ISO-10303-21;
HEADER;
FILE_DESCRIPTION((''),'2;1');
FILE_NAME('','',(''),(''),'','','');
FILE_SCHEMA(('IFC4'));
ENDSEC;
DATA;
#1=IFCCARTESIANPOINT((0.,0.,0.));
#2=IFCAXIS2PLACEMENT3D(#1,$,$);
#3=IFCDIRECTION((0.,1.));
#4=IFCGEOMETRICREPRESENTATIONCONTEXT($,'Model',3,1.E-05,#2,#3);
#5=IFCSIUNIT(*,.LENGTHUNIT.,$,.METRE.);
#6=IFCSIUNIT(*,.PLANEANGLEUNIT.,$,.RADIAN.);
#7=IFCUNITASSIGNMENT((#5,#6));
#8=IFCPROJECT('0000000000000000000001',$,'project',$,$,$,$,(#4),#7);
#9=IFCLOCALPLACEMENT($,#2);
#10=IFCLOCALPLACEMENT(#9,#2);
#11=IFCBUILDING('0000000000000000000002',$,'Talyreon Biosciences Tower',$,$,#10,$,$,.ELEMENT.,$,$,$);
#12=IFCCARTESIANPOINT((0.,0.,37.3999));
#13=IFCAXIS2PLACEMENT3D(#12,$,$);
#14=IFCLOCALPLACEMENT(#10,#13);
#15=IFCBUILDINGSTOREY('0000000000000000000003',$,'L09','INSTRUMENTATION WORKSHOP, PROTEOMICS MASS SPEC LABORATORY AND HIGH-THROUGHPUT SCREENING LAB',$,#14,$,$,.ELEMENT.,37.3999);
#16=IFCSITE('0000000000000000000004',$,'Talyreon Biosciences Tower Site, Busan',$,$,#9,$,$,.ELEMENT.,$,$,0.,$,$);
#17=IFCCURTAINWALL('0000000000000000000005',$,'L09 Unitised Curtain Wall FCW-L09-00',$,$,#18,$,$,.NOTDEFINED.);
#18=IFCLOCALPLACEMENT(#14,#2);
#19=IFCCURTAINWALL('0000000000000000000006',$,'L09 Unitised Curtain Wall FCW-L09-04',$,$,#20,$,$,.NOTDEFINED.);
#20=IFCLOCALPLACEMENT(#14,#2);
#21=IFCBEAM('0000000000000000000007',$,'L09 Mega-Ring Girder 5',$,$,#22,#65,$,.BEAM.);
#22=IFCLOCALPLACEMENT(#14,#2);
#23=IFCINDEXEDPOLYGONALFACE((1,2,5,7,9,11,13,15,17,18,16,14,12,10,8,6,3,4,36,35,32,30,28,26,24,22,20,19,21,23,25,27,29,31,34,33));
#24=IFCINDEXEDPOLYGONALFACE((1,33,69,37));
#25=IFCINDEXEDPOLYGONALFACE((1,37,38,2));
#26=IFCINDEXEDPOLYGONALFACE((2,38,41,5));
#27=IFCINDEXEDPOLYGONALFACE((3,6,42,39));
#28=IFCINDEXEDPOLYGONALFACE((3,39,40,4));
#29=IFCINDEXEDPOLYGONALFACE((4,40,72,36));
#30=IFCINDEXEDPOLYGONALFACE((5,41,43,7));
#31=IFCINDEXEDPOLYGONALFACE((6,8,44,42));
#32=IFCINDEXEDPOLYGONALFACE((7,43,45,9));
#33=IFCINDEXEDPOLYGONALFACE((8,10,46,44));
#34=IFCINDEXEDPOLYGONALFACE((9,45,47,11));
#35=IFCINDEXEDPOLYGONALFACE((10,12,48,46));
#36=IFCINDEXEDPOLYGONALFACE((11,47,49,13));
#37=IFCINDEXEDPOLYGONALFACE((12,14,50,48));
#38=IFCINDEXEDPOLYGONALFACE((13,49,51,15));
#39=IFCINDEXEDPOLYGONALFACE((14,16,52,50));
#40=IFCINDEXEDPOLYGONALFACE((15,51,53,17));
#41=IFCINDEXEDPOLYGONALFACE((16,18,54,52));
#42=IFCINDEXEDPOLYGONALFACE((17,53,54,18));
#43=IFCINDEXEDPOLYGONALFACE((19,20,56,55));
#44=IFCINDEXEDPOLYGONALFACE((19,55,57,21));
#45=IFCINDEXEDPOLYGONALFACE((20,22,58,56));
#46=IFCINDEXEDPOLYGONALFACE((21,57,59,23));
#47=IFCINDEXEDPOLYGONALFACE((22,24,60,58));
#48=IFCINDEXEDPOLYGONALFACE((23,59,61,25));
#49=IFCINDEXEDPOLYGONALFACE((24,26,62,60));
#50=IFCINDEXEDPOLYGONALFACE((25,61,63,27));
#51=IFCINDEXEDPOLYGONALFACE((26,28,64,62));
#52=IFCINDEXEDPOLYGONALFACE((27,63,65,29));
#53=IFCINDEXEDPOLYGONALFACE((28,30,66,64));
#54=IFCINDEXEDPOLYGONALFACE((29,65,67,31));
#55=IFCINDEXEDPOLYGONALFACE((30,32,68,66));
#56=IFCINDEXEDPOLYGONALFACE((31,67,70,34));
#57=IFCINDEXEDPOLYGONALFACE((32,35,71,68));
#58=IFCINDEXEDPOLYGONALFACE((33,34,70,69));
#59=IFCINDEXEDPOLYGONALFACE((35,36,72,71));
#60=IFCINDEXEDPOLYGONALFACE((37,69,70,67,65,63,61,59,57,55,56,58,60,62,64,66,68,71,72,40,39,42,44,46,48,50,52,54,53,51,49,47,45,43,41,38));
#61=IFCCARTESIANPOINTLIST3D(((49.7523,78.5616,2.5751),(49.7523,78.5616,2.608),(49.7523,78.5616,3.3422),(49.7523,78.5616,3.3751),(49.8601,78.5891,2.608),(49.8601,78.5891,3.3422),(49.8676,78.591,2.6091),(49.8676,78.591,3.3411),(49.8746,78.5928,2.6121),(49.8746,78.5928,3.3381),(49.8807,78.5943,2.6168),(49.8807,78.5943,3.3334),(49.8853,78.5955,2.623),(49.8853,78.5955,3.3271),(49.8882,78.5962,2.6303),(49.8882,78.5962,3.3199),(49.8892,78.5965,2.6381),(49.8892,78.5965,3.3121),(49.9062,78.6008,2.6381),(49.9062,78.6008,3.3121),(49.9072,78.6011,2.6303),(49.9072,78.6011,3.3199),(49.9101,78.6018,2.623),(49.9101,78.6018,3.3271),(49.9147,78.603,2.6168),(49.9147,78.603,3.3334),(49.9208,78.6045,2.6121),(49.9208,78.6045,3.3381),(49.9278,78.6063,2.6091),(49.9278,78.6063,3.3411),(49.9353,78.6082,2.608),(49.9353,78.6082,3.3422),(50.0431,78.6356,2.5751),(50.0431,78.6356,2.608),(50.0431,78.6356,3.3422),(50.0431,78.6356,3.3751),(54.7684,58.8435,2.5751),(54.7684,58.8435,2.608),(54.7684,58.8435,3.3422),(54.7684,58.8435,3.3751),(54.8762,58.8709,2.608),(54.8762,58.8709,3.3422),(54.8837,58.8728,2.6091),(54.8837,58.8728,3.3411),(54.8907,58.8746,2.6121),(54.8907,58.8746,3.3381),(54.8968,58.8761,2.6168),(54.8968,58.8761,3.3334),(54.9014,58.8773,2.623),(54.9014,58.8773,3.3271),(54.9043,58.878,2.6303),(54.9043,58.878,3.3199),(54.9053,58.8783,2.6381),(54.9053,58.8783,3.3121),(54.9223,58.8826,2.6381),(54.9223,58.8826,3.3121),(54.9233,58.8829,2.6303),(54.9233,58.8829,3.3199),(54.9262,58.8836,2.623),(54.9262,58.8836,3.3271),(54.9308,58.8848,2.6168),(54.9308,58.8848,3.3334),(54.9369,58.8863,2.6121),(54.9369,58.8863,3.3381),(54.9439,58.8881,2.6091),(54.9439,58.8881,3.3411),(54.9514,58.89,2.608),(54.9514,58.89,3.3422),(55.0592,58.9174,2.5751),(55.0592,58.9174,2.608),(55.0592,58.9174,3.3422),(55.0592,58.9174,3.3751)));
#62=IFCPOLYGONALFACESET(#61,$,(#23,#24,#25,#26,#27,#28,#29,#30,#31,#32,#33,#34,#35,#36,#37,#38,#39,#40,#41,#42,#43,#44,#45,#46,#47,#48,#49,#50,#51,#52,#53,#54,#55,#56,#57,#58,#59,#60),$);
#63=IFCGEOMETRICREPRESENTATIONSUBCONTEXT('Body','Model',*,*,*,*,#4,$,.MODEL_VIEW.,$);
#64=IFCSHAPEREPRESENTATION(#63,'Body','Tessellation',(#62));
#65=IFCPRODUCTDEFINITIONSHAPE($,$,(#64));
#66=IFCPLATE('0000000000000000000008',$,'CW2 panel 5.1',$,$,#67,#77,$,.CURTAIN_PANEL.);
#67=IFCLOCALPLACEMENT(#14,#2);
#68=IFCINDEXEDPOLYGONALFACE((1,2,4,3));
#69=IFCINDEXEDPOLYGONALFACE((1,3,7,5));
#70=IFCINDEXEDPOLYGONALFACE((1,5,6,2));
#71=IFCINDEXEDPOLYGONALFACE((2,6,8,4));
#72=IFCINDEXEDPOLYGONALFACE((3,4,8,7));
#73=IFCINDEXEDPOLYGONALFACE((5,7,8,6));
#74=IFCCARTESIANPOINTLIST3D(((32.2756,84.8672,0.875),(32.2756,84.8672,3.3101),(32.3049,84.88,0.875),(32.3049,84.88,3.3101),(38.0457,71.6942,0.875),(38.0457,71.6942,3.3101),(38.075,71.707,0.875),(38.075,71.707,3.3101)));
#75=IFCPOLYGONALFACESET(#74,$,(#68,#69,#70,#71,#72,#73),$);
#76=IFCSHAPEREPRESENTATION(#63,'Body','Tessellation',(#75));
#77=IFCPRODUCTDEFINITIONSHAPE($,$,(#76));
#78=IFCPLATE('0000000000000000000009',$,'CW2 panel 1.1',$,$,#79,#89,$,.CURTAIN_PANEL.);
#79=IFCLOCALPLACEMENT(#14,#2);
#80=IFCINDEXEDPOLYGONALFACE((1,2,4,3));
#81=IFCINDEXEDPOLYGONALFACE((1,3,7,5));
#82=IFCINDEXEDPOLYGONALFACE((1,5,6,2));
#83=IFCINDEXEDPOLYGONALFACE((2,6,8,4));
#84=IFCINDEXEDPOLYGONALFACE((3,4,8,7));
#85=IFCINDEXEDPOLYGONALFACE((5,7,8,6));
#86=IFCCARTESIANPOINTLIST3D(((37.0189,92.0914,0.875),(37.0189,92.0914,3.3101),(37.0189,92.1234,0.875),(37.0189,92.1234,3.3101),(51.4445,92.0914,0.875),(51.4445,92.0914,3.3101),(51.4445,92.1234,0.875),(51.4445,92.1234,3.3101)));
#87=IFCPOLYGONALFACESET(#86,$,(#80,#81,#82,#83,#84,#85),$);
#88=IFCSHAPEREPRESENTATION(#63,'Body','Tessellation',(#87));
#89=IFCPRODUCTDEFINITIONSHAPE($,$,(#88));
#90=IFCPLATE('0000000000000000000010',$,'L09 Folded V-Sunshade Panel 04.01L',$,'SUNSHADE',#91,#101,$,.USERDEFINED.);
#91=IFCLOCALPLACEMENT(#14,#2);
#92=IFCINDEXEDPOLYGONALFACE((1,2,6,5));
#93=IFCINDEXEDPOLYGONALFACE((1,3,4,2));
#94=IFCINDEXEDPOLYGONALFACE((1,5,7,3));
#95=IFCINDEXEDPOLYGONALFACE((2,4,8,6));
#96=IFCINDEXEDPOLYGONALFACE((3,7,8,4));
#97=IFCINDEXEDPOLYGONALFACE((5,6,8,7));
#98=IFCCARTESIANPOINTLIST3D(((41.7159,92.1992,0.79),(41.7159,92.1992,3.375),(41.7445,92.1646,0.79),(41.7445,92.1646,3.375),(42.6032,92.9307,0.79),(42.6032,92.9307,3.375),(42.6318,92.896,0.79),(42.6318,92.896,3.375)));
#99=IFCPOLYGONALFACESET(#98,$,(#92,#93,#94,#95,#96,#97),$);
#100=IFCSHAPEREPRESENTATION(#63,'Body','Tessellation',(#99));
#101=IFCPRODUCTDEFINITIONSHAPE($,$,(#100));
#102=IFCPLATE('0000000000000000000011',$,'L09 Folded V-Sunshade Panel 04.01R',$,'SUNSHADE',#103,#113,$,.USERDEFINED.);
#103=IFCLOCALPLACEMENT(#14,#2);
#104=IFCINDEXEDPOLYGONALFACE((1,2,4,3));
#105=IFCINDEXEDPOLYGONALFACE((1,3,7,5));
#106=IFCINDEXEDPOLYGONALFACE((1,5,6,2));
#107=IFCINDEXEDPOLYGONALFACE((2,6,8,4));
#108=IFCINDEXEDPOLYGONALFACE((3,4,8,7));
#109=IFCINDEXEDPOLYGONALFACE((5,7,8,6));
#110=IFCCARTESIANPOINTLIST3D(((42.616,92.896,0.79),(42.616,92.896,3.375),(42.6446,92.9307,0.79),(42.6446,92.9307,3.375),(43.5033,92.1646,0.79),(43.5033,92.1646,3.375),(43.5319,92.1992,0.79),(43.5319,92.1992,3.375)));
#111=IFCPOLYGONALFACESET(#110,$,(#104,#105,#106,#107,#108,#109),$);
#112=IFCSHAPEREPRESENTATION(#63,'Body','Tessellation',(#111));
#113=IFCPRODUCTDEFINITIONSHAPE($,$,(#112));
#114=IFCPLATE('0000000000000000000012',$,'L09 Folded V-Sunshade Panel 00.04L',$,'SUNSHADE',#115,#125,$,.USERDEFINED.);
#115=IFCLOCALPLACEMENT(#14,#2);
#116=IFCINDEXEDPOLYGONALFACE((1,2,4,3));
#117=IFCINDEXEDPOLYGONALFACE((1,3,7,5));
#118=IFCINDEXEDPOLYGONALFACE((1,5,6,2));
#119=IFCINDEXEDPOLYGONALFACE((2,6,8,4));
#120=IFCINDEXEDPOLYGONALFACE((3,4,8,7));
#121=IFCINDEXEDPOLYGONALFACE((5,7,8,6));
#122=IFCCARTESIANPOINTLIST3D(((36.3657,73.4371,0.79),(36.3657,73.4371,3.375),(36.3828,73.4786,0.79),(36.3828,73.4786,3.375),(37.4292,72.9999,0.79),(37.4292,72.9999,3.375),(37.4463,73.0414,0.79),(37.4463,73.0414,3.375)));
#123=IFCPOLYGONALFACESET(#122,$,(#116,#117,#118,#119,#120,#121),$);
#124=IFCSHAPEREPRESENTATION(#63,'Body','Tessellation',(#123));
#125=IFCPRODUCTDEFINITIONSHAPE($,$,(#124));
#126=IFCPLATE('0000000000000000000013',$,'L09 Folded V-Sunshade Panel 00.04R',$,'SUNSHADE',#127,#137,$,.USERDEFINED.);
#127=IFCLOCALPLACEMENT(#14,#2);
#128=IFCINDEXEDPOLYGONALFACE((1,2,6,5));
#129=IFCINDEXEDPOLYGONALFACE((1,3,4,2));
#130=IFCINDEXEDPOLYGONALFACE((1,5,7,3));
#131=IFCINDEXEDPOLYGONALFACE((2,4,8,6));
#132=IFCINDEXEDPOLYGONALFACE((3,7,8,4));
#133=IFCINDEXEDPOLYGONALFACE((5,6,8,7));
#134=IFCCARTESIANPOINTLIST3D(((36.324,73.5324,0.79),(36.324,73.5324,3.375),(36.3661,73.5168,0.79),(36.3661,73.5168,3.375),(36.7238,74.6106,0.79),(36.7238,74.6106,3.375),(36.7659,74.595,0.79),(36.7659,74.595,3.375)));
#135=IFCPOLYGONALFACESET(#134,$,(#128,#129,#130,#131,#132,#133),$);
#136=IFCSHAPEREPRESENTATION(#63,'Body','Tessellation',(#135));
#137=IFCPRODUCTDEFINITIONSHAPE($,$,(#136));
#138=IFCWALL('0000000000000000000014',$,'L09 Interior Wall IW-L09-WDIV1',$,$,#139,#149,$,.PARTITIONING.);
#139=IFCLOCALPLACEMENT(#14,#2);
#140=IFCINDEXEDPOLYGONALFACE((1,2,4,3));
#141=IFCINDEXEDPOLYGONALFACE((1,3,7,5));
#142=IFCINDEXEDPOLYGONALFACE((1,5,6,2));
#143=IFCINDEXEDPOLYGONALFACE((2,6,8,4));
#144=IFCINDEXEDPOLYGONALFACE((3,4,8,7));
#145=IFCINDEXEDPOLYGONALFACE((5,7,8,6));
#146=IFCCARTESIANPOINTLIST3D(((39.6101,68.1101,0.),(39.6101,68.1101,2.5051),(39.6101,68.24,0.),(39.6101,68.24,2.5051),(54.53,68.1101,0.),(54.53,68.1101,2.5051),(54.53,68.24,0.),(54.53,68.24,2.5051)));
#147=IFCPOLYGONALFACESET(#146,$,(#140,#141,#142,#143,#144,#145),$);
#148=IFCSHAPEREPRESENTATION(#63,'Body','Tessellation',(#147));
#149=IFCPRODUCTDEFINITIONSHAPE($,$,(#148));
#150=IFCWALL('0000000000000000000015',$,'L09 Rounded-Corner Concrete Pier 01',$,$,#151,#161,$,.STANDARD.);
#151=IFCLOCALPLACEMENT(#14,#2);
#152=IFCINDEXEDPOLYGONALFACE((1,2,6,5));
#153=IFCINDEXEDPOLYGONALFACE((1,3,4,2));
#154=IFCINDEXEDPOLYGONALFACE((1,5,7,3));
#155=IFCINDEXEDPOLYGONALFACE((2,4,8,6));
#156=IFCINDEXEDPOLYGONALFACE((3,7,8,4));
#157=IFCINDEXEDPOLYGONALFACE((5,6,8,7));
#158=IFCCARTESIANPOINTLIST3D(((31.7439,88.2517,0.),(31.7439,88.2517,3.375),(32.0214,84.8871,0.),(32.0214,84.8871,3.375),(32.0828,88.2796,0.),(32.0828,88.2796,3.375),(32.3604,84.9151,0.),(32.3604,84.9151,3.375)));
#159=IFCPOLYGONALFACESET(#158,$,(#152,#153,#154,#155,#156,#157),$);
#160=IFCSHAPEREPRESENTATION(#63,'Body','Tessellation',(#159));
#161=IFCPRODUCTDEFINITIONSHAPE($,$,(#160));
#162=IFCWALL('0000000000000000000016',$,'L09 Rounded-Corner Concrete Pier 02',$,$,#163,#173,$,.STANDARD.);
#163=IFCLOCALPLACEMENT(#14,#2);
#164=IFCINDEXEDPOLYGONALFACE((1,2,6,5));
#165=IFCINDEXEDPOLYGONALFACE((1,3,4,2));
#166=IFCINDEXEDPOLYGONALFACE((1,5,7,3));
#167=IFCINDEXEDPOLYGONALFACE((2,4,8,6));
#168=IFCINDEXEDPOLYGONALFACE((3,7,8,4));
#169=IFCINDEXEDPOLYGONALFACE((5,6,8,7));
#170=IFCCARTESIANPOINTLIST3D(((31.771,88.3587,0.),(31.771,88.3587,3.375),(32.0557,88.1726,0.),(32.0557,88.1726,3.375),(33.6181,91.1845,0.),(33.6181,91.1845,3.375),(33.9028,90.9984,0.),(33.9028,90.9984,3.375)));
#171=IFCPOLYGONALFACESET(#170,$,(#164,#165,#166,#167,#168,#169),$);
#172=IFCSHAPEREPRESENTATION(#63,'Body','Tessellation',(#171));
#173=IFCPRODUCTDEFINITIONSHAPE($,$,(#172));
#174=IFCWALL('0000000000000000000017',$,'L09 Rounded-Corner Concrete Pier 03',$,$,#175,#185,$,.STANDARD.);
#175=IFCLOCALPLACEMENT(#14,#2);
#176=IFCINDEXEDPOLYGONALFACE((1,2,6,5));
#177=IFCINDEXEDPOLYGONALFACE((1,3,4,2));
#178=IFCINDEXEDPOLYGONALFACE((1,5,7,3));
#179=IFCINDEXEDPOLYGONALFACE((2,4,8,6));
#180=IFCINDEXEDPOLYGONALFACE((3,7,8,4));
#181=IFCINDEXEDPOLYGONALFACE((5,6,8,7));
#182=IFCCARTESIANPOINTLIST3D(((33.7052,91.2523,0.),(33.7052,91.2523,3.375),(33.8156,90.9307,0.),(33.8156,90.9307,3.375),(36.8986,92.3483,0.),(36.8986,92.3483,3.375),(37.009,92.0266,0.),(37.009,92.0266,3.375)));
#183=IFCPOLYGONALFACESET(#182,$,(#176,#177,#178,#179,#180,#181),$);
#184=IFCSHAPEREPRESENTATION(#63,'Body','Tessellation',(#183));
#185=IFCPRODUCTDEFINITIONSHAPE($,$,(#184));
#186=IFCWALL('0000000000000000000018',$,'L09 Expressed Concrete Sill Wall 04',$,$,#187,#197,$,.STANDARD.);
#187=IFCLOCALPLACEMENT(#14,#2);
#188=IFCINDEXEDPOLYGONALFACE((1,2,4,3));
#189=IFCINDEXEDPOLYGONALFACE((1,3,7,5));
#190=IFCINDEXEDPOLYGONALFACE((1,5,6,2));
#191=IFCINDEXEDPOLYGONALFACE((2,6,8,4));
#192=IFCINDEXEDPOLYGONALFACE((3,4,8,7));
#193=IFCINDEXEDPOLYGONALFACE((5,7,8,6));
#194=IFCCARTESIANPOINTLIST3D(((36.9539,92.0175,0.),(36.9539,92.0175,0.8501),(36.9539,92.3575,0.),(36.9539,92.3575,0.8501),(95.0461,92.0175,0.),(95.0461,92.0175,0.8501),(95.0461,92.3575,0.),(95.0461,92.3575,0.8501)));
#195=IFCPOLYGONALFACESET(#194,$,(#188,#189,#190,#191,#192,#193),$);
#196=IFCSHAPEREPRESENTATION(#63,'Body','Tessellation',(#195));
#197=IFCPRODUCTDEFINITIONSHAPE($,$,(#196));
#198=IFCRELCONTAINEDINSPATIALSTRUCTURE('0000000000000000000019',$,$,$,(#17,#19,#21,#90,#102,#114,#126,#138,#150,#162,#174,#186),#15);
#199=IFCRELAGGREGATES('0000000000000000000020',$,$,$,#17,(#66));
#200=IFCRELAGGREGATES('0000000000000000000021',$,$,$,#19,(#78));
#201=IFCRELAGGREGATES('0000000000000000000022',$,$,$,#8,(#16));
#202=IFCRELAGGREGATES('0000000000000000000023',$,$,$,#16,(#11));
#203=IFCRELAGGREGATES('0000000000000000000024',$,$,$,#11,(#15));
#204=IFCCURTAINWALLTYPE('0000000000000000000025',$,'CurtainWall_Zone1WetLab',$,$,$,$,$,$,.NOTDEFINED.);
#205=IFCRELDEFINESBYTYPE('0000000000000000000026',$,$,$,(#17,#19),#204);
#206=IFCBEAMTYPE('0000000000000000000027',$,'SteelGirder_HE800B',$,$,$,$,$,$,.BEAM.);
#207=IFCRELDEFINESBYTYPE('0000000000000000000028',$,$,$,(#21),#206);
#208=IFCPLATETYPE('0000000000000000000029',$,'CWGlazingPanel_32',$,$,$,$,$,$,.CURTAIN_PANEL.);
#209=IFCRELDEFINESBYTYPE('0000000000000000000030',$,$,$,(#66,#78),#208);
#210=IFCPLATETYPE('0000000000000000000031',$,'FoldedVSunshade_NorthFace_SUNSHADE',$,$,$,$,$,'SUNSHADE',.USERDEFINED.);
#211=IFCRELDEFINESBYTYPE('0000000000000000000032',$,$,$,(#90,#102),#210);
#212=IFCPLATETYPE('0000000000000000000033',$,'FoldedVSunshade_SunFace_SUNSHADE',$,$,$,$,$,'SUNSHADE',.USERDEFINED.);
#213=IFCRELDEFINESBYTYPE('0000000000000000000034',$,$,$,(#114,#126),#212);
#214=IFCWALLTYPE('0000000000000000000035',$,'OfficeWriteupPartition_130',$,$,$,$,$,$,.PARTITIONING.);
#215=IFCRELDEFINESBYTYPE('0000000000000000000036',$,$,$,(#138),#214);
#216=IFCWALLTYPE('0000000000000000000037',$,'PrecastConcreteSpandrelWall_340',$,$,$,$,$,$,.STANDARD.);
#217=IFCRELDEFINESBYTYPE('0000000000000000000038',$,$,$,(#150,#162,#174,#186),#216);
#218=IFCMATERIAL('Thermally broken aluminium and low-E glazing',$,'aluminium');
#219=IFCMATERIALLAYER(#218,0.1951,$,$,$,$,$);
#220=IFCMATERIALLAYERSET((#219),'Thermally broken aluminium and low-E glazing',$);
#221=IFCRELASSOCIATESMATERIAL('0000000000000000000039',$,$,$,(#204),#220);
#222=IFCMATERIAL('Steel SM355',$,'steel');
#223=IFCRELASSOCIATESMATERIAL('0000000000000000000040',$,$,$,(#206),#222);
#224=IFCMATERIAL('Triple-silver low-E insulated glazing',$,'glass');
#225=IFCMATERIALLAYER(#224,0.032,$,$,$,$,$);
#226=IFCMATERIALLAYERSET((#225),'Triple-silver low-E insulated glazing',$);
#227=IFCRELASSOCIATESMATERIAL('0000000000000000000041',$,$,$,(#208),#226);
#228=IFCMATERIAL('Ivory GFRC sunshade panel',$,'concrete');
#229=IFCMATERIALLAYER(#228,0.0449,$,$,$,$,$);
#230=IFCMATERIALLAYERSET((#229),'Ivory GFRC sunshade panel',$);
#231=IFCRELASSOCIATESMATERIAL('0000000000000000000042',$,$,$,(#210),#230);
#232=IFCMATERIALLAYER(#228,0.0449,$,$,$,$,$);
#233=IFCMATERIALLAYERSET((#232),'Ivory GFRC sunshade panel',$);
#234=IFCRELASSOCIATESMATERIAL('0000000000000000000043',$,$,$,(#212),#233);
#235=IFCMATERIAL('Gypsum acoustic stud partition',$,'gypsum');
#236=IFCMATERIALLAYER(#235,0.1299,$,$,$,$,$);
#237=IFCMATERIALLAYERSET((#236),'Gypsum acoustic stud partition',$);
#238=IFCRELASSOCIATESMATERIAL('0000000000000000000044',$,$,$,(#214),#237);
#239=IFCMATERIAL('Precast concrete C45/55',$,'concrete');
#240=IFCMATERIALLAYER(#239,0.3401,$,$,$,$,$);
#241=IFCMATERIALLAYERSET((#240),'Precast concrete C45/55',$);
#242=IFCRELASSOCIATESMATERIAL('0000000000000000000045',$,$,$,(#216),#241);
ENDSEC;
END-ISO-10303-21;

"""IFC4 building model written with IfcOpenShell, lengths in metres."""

from ifc_helpers import new_model, si_unit, direction, frame, frame_2d, origin, origin_2d, place, context, subcontext, project, spatial, rectangle, i_section, extrude, material, layer, layer_set, material_profile, profile_set, type_object, element, aggregate, save


model = new_model("IFC4")

# Units and contexts
model_context = context("Model", 3, precision=1e-05, world=origin(), true_north=direction((0.0, 1.0)))
body_context = subcontext(model_context, "Body", "Model", "MODEL_VIEW")
ifc_project = project(units=[si_unit("LENGTHUNIT", "METRE"), si_unit("PLANEANGLEUNIT", "RADIAN")], contexts=[model_context])

# Site, building, storey
site_placement = place(None, origin())
site = spatial("IfcSite", under=ifc_project, at=site_placement, Name="Talyreon Biosciences Tower Site, Busan", CompositionType="ELEMENT", RefElevation=0.0)
building_placement = place(site_placement, origin())
building = spatial("IfcBuilding", under=site, at=building_placement, Name="Talyreon Biosciences Tower", CompositionType="ELEMENT")
storey_placement = place(building_placement, frame((0.0, 0.0, 37.3999)))
storey = spatial("IfcBuildingStorey", under=building, at=storey_placement, Name="L09", Description="INSTRUMENTATION WORKSHOP, PROTEOMICS MASS SPEC LABORATORY AND HIGH-THROUGHPUT SCREENING LAB", CompositionType="ELEMENT", Elevation=37.3999)

# Curtain walls
ifc_material_1 = material(Name="Thermally broken aluminium and low-E glazing", Category="aluminium")
ifc_layer_1 = layer(ifc_material_1, 0.1951)
ifc_layer_set_1 = layer_set([ifc_layer_1], Name="Thermally broken aluminium and low-E glazing")
curtain_wall_type = type_object("IfcCurtainWallType", Name="CurtainWall_Zone1WetLab", PredefinedType="NOTDEFINED", material=ifc_layer_set_1)
curtain_wall_1_placement = place(storey_placement, origin())
curtain_wall_1 = element("IfcCurtainWall", 1, at=curtain_wall_1_placement, inside=storey, type_object=curtain_wall_type, Name="L09 Unitised Curtain Wall FCW-L09-00", PredefinedType="NOTDEFINED")
curtain_wall_2_placement = place(storey_placement, origin())
curtain_wall_2 = element("IfcCurtainWall", 2, at=curtain_wall_2_placement, inside=storey, type_object=curtain_wall_type, Name="L09 Unitised Curtain Wall FCW-L09-04", PredefinedType="NOTDEFINED")

# Beam
ifc_material_2 = material(Name="Precast concrete C45/55", Category="concrete")
ifc_material_3 = material(Name="Steel SM355", Category="steel")
ifc_material_profile_1 = material_profile(ifc_material_3, i_section(OverallWidth=0.3, OverallDepth=0.8, WebThickness=0.0176, FlangeThickness=0.033, FilletRadius=0.03, at=origin_2d()), Name="HE800B")
ifc_profile_set_1 = profile_set([ifc_material_profile_1], Name="Steel SM355")
beam_type_1 = type_object("IfcBeamType", Name="SteelGirder_HE800B", PredefinedType="BEAM", material=ifc_profile_set_1)
beam_1_placement = place(storey_placement, frame((49.8977, 78.5986, 2.9751), z_axis=(0.246537, -0.969133, 0.0), x_axis=(0.969133, 0.246537, 0.0)))
element("IfcBeam", 3, at=beam_1_placement, inside=storey, type_object=beam_type_1, Name="L09 Mega-Ring Girder 5", PredefinedType="BEAM", context=body_context, shape_type="SweptSolid", body=[
    extrude(i_section(OverallWidth=0.3, OverallDepth=0.8, WebThickness=0.0176, FlangeThickness=0.033, FilletRadius=0.03, at=origin_2d()), origin(), (0.0, 0.0, 1.0), 20.3462),
])

# Plates
ifc_material_4 = material(Name="Triple-silver low-E insulated glazing", Category="glass")
ifc_layer_2 = layer(ifc_material_4, 0.032)
ifc_layer_set_2 = layer_set([ifc_layer_2], Name="Triple-silver low-E insulated glazing")
plate_type_1 = type_object("IfcPlateType", Name="CWGlazingPanel_32", PredefinedType="CURTAIN_PANEL", material=ifc_layer_set_2)
plate_1_placement = place(storey_placement, frame((35.1753, 78.2871, 0.875), z_axis=(0.0, 0.0, 1.0), x_axis=(-0.401223, 0.91598, 0.0)))
plate_1 = element("IfcPlate", 4, at=plate_1_placement, type_object=plate_type_1, Name="CW2 panel 5.1", PredefinedType="CURTAIN_PANEL", context=body_context, shape_type="SweptSolid", body=[
    extrude(rectangle(XDim=14.3813, YDim=0.032, at=origin_2d()), origin(), (0.0, 0.0, 1.0), 2.4351),
])
aggregate(curtain_wall_1, [plate_1])
plate_2_placement = place(storey_placement, frame((44.2317, 92.1074, 0.875), z_axis=(0.0, 0.0, 1.0), x_axis=(1.0, 0.0, 0.0)))
plate_2 = element("IfcPlate", 5, at=plate_2_placement, type_object=plate_type_1, Name="CW2 panel 1.1", PredefinedType="CURTAIN_PANEL", context=body_context, shape_type="SweptSolid", body=[
    extrude(rectangle(XDim=14.4255, YDim=0.032, at=origin_2d()), origin(), (0.0, 0.0, 1.0), 2.4351),
])
aggregate(curtain_wall_2, [plate_2])

# Plates
ifc_material_5 = material(Name="Ivory GFRC sunshade panel", Category="concrete")
ifc_layer_3 = layer(ifc_material_5, 0.0449)
ifc_layer_set_3 = layer_set([ifc_layer_3], Name="Ivory GFRC sunshade panel")
plate_type_2 = type_object("IfcPlateType", Name="FoldedVSunshade_NorthFace_SUNSHADE", ElementType="SUNSHADE", PredefinedType="USERDEFINED", material=ifc_layer_set_3)
for number, where, z_axis, x_axis, name in (
    (6, (42.1738, 92.5476, 0.79), (0.0, 0.0, 1.0), (0.771625, 0.636078, 0.0), "L09 Folded V-Sunshade Panel 04.01L"),
    (7, (43.074, 92.5476, 0.79), (0.0, 0.0, 1.0), (0.771625, -0.636078, 0.0), "L09 Folded V-Sunshade Panel 04.01R"),
):
    element("IfcPlate", number, at=place(storey_placement, frame(where, z_axis=z_axis, x_axis=x_axis)), inside=storey, type_object=plate_type_2, Name=name, ObjectType="SUNSHADE", PredefinedType="USERDEFINED", context=body_context, shape_type="SweptSolid", body=[
        extrude(rectangle(XDim=1.1499, YDim=0.0449, at=origin_2d()), origin(), (0.0, 0.0, 1.0), 2.585),
    ])
ifc_layer_4 = layer(ifc_material_5, 0.0449)
ifc_layer_set_4 = layer_set([ifc_layer_4], Name="Ivory GFRC sunshade panel")
plate_type_3 = type_object("IfcPlateType", Name="FoldedVSunshade_SunFace_SUNSHADE", ElementType="SUNSHADE", PredefinedType="USERDEFINED", material=ifc_layer_set_4)
for number, where, z_axis, x_axis, name in (
    (8, (36.906, 73.2393, 0.79), (0.0, 0.0, 1.0), (-0.924911, 0.380183, 0.0), "L09 Folded V-Sunshade Panel 00.04L"),
    (9, (36.5449, 74.0637, 0.79), (0.0, 0.0, 1.0), (0.347672, 0.937616, 0.0), "L09 Folded V-Sunshade Panel 00.04R"),
):
    element("IfcPlate", number, at=place(storey_placement, frame(where, z_axis=z_axis, x_axis=x_axis)), inside=storey, type_object=plate_type_3, Name=name, ObjectType="SUNSHADE", PredefinedType="USERDEFINED", context=body_context, shape_type="SweptSolid", body=[
        extrude(rectangle(XDim=1.1499, YDim=0.0449, at=origin_2d()), origin(), (0.0, 0.0, 1.0), 2.585),
    ])

# Walls
ifc_material_6 = material(Name="Gypsum acoustic stud partition", Category="gypsum")
ifc_layer_5 = layer(ifc_material_6, 0.1299)
ifc_layer_set_5 = layer_set([ifc_layer_5], Name="Gypsum acoustic stud partition")
wall_type_1 = type_object("IfcWallType", Name="OfficeWriteupPartition_130", PredefinedType="PARTITIONING", material=ifc_layer_set_5)
wall_1_placement = place(storey_placement, frame((39.6101, 68.175, 0.0), z_axis=(0.0, 0.0, 1.0), x_axis=(1.0, 0.0, 0.0)))
element("IfcWall", 10, at=wall_1_placement, inside=storey, type_object=wall_type_1, Name="L09 Interior Wall IW-L09-WDIV1", PredefinedType="PARTITIONING", context=body_context, shape_type="SweptSolid", body=[
    extrude(rectangle(XDim=14.9199, YDim=0.1299, at=frame_2d((7.46, 0.0))), origin(), (0.0, 0.0, 1.0), 2.5051),
])
ifc_layer_6 = layer(ifc_material_2, 0.3401)
ifc_layer_set_6 = layer_set([ifc_layer_6], Name="Precast concrete C45/55")
wall_type_2 = type_object("IfcWallType", Name="PrecastConcreteSpandrelWall_340", PredefinedType="STANDARD", material=ifc_layer_set_6)
for number, where, z_axis, x_axis, name in (
    (11, (32.1909, 84.9011, 0.0), (0.0, 0.0, 1.0), (-0.082226, 0.996614, 0.0), "L09 Rounded-Corner Concrete Pier 01"),
    (12, (31.9133, 88.2656, 0.0), (0.0, 0.0, 1.0), (0.547134, 0.837045, 0.0), "L09 Rounded-Corner Concrete Pier 02"),
):
    element("IfcWall", number, at=place(storey_placement, frame(where, z_axis=z_axis, x_axis=x_axis)), inside=storey, type_object=wall_type_2, Name=name, PredefinedType="STANDARD", context=body_context, shape_type="SweptSolid", body=[
        extrude(rectangle(XDim=3.376, YDim=0.3401, at=frame_2d((1.688, 0.0))), origin(), (0.0, 0.0, 1.0), 3.375),
    ])
wall_2_placement = place(storey_placement, frame((33.7605, 91.0916, 0.0), z_axis=(0.0, 0.0, 1.0), x_axis=(0.945848, 0.324611, 0.0)))
element("IfcWall", 13, at=wall_2_placement, inside=storey, type_object=wall_type_2, Name="L09 Rounded-Corner Concrete Pier 03", PredefinedType="STANDARD", context=body_context, shape_type="SweptSolid", body=[
    extrude(rectangle(XDim=3.3762, YDim=0.3401, at=frame_2d((1.688, 0.0))), origin(), (0.0, 0.0, 1.0), 3.375),
])
wall_3_placement = place(storey_placement, frame((36.9539, 92.1875, 0.0), z_axis=(0.0, 0.0, 1.0), x_axis=(1.0, 0.0, 0.0)))
element("IfcWall", 14, at=wall_3_placement, inside=storey, type_object=wall_type_2, Name="L09 Expressed Concrete Sill Wall 04", PredefinedType="STANDARD", context=body_context, shape_type="SweptSolid", body=[
    extrude(rectangle(XDim=58.0923, YDim=0.3401, at=frame_2d((29.0461, 0.0))), origin(), (0.0, 0.0, 1.0), 0.8501),
])

save(model, "model.ifc")
